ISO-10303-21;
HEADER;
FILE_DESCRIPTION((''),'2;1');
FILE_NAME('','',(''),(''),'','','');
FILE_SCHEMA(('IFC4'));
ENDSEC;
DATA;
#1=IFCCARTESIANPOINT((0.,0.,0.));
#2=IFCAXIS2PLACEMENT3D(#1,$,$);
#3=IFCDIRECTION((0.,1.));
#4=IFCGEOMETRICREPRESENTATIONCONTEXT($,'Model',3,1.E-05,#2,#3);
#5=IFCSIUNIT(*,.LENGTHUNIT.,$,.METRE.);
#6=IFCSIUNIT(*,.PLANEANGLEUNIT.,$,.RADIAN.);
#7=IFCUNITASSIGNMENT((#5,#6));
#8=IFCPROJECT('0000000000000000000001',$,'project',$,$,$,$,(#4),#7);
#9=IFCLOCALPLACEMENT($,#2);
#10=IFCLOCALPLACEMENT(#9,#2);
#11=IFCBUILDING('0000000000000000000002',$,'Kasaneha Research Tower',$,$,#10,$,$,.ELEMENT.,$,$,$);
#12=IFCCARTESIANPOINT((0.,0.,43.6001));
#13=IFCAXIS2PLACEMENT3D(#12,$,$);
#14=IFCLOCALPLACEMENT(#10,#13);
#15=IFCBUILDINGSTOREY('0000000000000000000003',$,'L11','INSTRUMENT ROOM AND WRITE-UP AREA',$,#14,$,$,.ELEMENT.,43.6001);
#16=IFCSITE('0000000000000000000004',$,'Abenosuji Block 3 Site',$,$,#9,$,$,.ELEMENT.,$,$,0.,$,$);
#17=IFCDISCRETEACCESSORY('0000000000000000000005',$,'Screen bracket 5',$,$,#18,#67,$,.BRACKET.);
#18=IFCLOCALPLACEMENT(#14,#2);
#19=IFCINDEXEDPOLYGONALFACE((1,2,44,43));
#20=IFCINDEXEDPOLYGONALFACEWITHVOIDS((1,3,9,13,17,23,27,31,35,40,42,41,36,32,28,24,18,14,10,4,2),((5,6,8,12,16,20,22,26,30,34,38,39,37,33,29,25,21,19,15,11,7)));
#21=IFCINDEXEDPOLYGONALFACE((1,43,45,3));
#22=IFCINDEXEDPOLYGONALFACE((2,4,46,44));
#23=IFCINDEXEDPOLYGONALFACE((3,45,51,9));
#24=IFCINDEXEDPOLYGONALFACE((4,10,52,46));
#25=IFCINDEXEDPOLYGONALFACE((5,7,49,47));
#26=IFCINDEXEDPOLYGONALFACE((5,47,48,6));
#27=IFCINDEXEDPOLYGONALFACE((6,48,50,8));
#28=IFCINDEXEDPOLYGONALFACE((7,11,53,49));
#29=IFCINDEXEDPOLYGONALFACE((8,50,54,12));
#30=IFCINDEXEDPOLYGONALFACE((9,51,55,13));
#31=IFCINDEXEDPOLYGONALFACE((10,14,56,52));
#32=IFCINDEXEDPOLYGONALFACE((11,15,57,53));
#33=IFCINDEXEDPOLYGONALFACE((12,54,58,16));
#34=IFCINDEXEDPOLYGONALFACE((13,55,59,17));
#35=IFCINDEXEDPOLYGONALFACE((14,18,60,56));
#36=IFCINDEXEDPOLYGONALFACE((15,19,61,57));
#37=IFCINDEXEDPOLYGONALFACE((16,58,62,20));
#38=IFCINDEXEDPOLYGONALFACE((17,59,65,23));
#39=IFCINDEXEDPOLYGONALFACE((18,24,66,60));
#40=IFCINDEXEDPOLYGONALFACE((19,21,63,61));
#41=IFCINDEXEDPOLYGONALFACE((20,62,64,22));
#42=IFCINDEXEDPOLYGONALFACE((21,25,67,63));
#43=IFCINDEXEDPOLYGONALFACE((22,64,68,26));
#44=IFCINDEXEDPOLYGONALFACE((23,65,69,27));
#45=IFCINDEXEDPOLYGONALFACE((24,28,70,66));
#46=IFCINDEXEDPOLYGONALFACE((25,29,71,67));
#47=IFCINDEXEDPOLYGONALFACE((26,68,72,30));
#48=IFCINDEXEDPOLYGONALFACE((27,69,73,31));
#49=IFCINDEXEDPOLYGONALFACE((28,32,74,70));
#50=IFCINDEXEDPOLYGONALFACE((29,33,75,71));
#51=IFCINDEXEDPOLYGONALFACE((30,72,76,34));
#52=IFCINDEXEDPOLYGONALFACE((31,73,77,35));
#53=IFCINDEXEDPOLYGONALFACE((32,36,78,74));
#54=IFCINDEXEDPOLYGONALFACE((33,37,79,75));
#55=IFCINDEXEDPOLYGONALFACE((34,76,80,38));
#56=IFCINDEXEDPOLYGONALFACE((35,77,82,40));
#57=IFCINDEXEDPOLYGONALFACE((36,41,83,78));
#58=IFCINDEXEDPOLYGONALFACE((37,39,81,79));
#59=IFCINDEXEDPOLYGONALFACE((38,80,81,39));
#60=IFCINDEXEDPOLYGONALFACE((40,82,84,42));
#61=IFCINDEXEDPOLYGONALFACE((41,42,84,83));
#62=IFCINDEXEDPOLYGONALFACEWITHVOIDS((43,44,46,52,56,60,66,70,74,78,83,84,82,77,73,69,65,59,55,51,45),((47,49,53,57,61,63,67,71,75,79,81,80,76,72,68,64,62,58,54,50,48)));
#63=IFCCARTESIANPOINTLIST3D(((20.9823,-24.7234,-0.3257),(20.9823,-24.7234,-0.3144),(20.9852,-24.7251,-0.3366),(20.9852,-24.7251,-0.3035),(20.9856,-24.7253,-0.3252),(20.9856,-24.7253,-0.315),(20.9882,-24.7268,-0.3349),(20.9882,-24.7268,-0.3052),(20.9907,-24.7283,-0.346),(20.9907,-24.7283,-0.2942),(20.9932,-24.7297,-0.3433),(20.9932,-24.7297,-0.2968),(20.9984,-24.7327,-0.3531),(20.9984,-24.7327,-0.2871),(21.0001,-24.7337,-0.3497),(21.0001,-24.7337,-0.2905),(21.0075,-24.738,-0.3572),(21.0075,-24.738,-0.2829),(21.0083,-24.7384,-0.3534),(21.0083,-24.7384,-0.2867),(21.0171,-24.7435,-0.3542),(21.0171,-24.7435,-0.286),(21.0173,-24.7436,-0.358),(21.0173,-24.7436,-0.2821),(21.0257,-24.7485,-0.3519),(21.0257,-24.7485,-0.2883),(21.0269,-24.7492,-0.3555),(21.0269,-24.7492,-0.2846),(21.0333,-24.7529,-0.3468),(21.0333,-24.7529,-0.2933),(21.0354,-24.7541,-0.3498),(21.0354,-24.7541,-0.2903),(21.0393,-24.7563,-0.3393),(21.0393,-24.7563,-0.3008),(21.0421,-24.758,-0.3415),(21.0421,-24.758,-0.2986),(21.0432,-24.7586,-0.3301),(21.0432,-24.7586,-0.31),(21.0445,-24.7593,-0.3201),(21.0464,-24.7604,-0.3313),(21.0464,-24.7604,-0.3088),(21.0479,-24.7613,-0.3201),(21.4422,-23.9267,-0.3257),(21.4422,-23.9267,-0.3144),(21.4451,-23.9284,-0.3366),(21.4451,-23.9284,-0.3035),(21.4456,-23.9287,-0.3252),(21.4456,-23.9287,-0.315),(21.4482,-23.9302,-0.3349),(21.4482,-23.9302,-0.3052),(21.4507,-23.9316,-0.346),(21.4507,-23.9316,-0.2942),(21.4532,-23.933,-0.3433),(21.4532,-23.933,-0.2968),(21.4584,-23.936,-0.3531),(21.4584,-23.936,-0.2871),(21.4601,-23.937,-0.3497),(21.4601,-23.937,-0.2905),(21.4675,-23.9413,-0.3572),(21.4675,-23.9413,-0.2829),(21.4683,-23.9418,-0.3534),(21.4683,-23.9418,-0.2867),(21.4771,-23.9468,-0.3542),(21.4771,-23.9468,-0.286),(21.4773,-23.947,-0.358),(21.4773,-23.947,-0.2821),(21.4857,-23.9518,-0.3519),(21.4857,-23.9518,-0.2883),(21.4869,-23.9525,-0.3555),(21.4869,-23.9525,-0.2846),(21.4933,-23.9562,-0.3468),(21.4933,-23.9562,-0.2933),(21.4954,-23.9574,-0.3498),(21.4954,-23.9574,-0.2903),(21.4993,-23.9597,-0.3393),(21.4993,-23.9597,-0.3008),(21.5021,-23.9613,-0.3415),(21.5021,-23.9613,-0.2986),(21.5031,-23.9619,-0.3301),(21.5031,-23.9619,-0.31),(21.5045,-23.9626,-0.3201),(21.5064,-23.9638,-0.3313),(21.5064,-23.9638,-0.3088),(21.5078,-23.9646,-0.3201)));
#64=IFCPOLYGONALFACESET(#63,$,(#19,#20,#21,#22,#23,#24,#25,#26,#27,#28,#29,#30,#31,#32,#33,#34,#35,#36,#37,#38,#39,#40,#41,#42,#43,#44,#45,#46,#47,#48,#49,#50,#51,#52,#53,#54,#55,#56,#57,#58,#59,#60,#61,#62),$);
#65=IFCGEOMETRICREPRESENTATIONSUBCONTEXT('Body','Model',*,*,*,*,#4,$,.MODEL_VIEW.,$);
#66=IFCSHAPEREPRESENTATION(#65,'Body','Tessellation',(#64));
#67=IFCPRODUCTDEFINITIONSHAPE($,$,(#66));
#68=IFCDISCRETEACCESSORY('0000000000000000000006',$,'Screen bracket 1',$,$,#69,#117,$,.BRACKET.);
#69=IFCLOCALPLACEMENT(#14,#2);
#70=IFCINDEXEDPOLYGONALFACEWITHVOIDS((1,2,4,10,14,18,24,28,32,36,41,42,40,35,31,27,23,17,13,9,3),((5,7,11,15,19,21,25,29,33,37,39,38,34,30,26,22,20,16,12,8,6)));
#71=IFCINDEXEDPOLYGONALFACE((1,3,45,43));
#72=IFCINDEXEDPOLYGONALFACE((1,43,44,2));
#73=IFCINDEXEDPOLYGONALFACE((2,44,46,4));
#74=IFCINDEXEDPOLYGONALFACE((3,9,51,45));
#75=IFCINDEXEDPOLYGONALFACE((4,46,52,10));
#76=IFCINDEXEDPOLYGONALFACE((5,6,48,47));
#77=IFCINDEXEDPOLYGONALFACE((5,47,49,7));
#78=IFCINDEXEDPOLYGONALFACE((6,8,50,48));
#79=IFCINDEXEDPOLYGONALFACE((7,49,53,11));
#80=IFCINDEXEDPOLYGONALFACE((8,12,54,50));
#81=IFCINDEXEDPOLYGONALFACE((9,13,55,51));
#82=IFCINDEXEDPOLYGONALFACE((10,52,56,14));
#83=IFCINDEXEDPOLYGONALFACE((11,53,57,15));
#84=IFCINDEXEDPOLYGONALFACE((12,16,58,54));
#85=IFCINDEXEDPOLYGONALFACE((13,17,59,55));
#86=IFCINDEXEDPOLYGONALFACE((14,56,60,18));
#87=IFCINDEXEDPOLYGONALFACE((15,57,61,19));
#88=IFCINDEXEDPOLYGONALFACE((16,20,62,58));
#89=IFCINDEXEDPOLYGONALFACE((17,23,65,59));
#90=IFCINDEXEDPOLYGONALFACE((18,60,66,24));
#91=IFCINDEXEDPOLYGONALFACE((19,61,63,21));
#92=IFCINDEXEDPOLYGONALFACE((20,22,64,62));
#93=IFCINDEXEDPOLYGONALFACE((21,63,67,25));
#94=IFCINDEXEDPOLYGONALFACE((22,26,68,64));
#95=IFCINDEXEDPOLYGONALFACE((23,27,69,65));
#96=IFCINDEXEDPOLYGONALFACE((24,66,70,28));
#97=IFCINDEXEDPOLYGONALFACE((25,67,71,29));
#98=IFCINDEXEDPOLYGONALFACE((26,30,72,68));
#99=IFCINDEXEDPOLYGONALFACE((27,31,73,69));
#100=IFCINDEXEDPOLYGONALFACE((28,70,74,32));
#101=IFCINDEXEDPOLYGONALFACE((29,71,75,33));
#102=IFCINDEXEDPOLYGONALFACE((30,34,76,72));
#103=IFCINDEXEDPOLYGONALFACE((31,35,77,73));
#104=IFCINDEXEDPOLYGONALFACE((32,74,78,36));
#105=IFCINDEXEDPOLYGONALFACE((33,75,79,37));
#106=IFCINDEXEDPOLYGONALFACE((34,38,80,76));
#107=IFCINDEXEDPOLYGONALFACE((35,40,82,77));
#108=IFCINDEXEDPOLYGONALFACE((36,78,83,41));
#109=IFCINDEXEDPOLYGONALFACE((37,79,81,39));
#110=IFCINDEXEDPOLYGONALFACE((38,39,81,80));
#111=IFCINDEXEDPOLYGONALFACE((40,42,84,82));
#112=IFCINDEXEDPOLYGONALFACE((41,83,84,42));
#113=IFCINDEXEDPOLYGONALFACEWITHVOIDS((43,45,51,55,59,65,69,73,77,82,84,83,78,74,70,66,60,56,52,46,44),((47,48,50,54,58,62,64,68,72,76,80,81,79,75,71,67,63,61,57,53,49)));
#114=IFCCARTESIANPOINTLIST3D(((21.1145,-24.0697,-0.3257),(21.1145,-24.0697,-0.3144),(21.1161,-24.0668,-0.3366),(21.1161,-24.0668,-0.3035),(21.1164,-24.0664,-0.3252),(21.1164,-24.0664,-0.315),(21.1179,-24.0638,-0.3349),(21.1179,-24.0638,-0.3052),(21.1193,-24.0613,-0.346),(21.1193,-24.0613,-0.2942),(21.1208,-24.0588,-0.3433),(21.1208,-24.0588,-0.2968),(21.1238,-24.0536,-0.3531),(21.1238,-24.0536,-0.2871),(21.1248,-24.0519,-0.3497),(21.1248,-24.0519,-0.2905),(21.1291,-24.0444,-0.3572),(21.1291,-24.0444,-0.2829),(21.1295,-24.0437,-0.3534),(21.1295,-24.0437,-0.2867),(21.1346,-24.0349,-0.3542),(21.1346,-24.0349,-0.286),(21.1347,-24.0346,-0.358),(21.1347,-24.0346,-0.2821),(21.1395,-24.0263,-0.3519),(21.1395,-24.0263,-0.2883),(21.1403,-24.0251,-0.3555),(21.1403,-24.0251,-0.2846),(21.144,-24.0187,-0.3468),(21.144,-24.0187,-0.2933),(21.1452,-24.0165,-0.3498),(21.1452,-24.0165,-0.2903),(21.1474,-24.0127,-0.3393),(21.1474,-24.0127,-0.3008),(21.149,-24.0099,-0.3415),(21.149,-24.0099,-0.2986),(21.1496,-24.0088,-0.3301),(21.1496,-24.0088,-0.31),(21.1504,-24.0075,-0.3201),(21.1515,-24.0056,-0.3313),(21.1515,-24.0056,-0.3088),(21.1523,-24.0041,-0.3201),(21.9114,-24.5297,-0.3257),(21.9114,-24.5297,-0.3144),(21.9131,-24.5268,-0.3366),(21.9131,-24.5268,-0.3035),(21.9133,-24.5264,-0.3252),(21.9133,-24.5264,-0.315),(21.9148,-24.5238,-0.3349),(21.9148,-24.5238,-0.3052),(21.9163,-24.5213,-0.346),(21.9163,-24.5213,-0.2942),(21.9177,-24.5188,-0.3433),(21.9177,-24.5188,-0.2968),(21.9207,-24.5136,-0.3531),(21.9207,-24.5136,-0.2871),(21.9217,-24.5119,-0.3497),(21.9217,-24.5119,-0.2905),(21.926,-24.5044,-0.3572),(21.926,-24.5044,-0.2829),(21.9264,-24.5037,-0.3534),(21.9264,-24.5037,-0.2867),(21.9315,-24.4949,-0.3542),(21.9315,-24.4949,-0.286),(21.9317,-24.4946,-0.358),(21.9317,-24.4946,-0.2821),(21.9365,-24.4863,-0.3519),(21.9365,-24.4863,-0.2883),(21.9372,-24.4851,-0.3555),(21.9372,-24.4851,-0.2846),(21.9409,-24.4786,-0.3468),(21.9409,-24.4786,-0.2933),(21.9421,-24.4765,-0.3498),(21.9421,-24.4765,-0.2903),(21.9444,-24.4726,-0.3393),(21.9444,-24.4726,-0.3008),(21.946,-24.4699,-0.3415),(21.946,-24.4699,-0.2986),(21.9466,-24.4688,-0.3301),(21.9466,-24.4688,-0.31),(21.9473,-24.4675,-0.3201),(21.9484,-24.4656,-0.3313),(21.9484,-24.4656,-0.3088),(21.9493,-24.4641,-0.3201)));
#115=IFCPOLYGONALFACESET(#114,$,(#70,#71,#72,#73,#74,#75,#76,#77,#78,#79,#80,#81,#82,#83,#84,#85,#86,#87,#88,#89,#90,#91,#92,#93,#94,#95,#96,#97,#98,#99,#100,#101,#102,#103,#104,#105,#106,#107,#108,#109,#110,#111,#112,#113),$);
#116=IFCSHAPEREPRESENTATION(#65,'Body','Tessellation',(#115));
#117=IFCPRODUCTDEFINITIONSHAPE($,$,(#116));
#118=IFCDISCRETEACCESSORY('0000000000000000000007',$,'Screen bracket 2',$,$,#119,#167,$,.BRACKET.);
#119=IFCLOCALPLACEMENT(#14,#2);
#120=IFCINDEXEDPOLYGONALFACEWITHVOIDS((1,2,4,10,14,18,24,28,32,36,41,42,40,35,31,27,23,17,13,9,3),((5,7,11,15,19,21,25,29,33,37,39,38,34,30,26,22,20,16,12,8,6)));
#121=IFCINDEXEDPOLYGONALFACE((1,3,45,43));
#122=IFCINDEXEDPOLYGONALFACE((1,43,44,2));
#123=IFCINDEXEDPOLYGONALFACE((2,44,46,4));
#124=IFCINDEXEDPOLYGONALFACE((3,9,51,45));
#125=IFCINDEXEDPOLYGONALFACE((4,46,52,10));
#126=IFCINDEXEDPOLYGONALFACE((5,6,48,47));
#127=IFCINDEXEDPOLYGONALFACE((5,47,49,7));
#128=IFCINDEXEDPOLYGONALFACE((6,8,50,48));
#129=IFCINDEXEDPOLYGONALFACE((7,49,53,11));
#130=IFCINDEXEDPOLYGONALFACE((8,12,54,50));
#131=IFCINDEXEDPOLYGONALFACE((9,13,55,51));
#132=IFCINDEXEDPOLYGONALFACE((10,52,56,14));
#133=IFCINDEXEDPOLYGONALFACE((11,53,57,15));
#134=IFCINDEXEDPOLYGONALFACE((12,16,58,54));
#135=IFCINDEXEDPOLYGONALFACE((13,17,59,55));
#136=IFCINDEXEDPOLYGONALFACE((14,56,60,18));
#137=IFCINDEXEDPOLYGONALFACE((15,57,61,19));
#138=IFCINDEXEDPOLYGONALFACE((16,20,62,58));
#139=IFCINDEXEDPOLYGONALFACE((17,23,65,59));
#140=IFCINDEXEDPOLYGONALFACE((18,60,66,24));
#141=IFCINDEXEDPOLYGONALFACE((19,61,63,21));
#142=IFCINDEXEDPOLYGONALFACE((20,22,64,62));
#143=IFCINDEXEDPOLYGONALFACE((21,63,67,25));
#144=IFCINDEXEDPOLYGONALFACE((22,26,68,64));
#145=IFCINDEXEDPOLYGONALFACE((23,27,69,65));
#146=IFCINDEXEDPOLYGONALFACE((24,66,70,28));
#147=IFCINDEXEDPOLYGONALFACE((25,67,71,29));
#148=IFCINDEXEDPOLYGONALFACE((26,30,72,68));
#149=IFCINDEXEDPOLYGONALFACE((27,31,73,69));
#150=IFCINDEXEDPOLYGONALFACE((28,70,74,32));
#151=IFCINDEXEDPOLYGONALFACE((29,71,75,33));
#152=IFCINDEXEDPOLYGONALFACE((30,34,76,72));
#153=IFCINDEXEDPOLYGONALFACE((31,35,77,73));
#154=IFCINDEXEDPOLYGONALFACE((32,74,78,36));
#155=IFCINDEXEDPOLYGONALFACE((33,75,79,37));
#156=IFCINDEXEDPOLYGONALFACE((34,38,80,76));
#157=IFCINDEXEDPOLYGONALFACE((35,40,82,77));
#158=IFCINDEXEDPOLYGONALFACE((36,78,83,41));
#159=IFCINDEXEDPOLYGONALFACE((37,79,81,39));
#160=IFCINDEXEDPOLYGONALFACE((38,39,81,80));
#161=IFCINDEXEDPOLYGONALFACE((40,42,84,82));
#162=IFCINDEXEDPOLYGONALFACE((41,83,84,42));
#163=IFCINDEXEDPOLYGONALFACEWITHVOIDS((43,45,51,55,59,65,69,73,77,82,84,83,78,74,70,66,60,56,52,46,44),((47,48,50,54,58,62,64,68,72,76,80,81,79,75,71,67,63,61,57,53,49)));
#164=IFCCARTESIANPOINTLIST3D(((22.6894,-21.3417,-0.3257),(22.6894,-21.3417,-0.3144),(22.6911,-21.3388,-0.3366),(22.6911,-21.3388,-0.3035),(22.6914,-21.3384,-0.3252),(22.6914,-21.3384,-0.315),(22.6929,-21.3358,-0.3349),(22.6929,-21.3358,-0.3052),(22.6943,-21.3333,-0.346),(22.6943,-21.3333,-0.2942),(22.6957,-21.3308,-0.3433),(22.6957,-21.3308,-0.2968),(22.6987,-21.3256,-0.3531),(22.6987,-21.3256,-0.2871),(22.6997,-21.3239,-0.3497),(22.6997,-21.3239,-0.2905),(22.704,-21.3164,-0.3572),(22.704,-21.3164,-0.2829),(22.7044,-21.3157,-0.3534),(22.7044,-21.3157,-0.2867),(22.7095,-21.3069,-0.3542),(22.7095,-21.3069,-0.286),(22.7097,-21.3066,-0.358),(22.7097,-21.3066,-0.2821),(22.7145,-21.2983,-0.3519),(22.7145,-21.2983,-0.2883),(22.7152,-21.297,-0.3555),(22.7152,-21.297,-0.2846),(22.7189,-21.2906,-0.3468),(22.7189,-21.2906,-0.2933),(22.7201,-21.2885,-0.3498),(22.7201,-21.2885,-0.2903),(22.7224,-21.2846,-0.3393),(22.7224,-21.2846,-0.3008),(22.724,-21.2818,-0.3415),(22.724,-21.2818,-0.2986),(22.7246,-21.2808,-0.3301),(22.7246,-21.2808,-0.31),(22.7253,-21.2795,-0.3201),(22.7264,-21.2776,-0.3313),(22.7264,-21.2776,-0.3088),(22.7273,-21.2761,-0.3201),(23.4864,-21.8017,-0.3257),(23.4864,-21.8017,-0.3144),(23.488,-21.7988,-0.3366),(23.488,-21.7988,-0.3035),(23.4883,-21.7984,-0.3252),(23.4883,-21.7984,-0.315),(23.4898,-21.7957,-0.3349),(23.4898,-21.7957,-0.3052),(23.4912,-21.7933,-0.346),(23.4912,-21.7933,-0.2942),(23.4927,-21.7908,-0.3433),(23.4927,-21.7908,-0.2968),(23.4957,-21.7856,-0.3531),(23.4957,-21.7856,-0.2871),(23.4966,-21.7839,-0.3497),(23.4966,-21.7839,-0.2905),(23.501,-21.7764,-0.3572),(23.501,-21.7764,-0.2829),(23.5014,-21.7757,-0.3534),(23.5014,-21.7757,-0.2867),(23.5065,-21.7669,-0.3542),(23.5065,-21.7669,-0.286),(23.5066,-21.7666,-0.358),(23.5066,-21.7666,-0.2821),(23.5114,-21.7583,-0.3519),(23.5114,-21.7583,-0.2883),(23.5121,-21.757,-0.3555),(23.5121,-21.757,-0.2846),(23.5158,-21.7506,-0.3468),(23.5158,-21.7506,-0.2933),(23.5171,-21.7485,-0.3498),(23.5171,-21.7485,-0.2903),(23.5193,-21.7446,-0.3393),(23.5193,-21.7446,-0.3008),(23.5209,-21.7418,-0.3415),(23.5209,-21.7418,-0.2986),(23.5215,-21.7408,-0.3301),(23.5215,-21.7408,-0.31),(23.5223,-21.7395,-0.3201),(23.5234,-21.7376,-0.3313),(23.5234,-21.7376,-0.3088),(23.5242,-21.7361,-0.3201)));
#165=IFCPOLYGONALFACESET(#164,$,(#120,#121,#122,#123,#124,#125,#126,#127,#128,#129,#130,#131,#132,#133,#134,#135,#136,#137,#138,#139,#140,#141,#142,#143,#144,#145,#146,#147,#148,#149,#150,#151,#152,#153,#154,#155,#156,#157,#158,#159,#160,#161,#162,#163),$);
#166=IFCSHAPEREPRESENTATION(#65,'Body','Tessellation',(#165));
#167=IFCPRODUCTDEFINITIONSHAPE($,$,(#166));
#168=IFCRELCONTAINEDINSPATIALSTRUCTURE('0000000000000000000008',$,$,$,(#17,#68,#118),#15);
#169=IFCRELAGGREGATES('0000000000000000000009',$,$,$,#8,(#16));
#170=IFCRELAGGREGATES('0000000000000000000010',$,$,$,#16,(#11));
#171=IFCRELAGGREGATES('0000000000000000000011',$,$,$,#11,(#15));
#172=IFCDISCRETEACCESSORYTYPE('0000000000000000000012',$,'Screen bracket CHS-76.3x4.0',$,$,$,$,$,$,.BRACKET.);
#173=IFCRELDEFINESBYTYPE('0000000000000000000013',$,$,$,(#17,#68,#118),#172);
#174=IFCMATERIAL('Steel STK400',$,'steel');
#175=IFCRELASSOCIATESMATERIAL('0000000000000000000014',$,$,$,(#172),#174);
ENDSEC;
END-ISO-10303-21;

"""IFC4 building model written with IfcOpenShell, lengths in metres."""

from ifc_helpers import new_model, si_unit, direction, frame, origin, origin_2d, place, context, subcontext, project, spatial, hollow_circle, extrude, material, material_profile, profile_set, type_object, element, save


model = new_model("IFC4")

# Units and contexts
model_context = context("Model", 3, precision=1e-05, world=origin(), true_north=direction((0.0, 1.0)))
body_context = subcontext(model_context, "Body", "Model", "MODEL_VIEW")
ifc_project = project(units=[si_unit("LENGTHUNIT", "METRE"), si_unit("PLANEANGLEUNIT", "RADIAN")], contexts=[model_context])

# Site, building, storey
site_placement = place(None, origin())
site = spatial("IfcSite", under=ifc_project, at=site_placement, Name="Abenosuji Block 3 Site", CompositionType="ELEMENT", RefElevation=0.0)
building_placement = place(site_placement, origin())
building = spatial("IfcBuilding", under=site, at=building_placement, Name="Kasaneha Research Tower", CompositionType="ELEMENT")
storey_placement = place(building_placement, frame((0.0, 0.0, 43.6001)))
storey = spatial("IfcBuildingStorey", under=building, at=storey_placement, Name="L11", Description="INSTRUMENT ROOM AND WRITE-UP AREA", CompositionType="ELEMENT", Elevation=43.6001)

# Discrete accessories
ifc_material_1 = material(Name="Steel STK400", Category="steel")
ifc_material_profile_1 = material_profile(ifc_material_1, hollow_circle(Radius=0.0381, WallThickness=0.0039, at=origin_2d()), Name="CHS-76.3x4.0")
ifc_profile_set_1 = profile_set([ifc_material_profile_1], Name="Steel STK400")
discrete_accessory_type = type_object("IfcDiscreteAccessoryType", Name="Screen bracket CHS-76.3x4.0", PredefinedType="BRACKET", material=ifc_profile_set_1)
discrete_accessory_1_placement = place(storey_placement, frame((21.4749, -23.9456, -0.3201), z_axis=(-0.500021, -0.866013, 0.0), x_axis=(0.866013, -0.500021, 0.0)))
element("IfcDiscreteAccessory", 1, at=discrete_accessory_1_placement, inside=storey, type_object=discrete_accessory_type, Name="Screen bracket 5", PredefinedType="BRACKET", context=body_context, shape_type="SweptSolid", body=[
    extrude(hollow_circle(Radius=0.0381, WallThickness=0.0039, at=origin_2d()), origin(), (0.0, 0.0, 1.0), 0.9199),
])
for number, where, z_axis, x_axis, name in (
    (2, (21.1333, -24.0371, -0.3201), (0.86608, -0.499906, 0.0), (0.499906, 0.86608, 0.0), "Screen bracket 1"),
    (3, (22.7083, -21.3091, -0.3201), (0.86608, -0.499906, 0.0), (0.499906, 0.86608, 0.0), "Screen bracket 2"),
):
    element("IfcDiscreteAccessory", number, at=place(storey_placement, frame(where, z_axis=z_axis, x_axis=x_axis)), inside=storey, type_object=discrete_accessory_type, Name=name, PredefinedType="BRACKET", context=body_context, shape_type="SweptSolid", body=[
        extrude(hollow_circle(Radius=0.0381, WallThickness=0.0039, at=origin_2d()), origin(), (0.0, 0.0, 1.0), 0.9202),
    ])

save(model, "model.ifc")
